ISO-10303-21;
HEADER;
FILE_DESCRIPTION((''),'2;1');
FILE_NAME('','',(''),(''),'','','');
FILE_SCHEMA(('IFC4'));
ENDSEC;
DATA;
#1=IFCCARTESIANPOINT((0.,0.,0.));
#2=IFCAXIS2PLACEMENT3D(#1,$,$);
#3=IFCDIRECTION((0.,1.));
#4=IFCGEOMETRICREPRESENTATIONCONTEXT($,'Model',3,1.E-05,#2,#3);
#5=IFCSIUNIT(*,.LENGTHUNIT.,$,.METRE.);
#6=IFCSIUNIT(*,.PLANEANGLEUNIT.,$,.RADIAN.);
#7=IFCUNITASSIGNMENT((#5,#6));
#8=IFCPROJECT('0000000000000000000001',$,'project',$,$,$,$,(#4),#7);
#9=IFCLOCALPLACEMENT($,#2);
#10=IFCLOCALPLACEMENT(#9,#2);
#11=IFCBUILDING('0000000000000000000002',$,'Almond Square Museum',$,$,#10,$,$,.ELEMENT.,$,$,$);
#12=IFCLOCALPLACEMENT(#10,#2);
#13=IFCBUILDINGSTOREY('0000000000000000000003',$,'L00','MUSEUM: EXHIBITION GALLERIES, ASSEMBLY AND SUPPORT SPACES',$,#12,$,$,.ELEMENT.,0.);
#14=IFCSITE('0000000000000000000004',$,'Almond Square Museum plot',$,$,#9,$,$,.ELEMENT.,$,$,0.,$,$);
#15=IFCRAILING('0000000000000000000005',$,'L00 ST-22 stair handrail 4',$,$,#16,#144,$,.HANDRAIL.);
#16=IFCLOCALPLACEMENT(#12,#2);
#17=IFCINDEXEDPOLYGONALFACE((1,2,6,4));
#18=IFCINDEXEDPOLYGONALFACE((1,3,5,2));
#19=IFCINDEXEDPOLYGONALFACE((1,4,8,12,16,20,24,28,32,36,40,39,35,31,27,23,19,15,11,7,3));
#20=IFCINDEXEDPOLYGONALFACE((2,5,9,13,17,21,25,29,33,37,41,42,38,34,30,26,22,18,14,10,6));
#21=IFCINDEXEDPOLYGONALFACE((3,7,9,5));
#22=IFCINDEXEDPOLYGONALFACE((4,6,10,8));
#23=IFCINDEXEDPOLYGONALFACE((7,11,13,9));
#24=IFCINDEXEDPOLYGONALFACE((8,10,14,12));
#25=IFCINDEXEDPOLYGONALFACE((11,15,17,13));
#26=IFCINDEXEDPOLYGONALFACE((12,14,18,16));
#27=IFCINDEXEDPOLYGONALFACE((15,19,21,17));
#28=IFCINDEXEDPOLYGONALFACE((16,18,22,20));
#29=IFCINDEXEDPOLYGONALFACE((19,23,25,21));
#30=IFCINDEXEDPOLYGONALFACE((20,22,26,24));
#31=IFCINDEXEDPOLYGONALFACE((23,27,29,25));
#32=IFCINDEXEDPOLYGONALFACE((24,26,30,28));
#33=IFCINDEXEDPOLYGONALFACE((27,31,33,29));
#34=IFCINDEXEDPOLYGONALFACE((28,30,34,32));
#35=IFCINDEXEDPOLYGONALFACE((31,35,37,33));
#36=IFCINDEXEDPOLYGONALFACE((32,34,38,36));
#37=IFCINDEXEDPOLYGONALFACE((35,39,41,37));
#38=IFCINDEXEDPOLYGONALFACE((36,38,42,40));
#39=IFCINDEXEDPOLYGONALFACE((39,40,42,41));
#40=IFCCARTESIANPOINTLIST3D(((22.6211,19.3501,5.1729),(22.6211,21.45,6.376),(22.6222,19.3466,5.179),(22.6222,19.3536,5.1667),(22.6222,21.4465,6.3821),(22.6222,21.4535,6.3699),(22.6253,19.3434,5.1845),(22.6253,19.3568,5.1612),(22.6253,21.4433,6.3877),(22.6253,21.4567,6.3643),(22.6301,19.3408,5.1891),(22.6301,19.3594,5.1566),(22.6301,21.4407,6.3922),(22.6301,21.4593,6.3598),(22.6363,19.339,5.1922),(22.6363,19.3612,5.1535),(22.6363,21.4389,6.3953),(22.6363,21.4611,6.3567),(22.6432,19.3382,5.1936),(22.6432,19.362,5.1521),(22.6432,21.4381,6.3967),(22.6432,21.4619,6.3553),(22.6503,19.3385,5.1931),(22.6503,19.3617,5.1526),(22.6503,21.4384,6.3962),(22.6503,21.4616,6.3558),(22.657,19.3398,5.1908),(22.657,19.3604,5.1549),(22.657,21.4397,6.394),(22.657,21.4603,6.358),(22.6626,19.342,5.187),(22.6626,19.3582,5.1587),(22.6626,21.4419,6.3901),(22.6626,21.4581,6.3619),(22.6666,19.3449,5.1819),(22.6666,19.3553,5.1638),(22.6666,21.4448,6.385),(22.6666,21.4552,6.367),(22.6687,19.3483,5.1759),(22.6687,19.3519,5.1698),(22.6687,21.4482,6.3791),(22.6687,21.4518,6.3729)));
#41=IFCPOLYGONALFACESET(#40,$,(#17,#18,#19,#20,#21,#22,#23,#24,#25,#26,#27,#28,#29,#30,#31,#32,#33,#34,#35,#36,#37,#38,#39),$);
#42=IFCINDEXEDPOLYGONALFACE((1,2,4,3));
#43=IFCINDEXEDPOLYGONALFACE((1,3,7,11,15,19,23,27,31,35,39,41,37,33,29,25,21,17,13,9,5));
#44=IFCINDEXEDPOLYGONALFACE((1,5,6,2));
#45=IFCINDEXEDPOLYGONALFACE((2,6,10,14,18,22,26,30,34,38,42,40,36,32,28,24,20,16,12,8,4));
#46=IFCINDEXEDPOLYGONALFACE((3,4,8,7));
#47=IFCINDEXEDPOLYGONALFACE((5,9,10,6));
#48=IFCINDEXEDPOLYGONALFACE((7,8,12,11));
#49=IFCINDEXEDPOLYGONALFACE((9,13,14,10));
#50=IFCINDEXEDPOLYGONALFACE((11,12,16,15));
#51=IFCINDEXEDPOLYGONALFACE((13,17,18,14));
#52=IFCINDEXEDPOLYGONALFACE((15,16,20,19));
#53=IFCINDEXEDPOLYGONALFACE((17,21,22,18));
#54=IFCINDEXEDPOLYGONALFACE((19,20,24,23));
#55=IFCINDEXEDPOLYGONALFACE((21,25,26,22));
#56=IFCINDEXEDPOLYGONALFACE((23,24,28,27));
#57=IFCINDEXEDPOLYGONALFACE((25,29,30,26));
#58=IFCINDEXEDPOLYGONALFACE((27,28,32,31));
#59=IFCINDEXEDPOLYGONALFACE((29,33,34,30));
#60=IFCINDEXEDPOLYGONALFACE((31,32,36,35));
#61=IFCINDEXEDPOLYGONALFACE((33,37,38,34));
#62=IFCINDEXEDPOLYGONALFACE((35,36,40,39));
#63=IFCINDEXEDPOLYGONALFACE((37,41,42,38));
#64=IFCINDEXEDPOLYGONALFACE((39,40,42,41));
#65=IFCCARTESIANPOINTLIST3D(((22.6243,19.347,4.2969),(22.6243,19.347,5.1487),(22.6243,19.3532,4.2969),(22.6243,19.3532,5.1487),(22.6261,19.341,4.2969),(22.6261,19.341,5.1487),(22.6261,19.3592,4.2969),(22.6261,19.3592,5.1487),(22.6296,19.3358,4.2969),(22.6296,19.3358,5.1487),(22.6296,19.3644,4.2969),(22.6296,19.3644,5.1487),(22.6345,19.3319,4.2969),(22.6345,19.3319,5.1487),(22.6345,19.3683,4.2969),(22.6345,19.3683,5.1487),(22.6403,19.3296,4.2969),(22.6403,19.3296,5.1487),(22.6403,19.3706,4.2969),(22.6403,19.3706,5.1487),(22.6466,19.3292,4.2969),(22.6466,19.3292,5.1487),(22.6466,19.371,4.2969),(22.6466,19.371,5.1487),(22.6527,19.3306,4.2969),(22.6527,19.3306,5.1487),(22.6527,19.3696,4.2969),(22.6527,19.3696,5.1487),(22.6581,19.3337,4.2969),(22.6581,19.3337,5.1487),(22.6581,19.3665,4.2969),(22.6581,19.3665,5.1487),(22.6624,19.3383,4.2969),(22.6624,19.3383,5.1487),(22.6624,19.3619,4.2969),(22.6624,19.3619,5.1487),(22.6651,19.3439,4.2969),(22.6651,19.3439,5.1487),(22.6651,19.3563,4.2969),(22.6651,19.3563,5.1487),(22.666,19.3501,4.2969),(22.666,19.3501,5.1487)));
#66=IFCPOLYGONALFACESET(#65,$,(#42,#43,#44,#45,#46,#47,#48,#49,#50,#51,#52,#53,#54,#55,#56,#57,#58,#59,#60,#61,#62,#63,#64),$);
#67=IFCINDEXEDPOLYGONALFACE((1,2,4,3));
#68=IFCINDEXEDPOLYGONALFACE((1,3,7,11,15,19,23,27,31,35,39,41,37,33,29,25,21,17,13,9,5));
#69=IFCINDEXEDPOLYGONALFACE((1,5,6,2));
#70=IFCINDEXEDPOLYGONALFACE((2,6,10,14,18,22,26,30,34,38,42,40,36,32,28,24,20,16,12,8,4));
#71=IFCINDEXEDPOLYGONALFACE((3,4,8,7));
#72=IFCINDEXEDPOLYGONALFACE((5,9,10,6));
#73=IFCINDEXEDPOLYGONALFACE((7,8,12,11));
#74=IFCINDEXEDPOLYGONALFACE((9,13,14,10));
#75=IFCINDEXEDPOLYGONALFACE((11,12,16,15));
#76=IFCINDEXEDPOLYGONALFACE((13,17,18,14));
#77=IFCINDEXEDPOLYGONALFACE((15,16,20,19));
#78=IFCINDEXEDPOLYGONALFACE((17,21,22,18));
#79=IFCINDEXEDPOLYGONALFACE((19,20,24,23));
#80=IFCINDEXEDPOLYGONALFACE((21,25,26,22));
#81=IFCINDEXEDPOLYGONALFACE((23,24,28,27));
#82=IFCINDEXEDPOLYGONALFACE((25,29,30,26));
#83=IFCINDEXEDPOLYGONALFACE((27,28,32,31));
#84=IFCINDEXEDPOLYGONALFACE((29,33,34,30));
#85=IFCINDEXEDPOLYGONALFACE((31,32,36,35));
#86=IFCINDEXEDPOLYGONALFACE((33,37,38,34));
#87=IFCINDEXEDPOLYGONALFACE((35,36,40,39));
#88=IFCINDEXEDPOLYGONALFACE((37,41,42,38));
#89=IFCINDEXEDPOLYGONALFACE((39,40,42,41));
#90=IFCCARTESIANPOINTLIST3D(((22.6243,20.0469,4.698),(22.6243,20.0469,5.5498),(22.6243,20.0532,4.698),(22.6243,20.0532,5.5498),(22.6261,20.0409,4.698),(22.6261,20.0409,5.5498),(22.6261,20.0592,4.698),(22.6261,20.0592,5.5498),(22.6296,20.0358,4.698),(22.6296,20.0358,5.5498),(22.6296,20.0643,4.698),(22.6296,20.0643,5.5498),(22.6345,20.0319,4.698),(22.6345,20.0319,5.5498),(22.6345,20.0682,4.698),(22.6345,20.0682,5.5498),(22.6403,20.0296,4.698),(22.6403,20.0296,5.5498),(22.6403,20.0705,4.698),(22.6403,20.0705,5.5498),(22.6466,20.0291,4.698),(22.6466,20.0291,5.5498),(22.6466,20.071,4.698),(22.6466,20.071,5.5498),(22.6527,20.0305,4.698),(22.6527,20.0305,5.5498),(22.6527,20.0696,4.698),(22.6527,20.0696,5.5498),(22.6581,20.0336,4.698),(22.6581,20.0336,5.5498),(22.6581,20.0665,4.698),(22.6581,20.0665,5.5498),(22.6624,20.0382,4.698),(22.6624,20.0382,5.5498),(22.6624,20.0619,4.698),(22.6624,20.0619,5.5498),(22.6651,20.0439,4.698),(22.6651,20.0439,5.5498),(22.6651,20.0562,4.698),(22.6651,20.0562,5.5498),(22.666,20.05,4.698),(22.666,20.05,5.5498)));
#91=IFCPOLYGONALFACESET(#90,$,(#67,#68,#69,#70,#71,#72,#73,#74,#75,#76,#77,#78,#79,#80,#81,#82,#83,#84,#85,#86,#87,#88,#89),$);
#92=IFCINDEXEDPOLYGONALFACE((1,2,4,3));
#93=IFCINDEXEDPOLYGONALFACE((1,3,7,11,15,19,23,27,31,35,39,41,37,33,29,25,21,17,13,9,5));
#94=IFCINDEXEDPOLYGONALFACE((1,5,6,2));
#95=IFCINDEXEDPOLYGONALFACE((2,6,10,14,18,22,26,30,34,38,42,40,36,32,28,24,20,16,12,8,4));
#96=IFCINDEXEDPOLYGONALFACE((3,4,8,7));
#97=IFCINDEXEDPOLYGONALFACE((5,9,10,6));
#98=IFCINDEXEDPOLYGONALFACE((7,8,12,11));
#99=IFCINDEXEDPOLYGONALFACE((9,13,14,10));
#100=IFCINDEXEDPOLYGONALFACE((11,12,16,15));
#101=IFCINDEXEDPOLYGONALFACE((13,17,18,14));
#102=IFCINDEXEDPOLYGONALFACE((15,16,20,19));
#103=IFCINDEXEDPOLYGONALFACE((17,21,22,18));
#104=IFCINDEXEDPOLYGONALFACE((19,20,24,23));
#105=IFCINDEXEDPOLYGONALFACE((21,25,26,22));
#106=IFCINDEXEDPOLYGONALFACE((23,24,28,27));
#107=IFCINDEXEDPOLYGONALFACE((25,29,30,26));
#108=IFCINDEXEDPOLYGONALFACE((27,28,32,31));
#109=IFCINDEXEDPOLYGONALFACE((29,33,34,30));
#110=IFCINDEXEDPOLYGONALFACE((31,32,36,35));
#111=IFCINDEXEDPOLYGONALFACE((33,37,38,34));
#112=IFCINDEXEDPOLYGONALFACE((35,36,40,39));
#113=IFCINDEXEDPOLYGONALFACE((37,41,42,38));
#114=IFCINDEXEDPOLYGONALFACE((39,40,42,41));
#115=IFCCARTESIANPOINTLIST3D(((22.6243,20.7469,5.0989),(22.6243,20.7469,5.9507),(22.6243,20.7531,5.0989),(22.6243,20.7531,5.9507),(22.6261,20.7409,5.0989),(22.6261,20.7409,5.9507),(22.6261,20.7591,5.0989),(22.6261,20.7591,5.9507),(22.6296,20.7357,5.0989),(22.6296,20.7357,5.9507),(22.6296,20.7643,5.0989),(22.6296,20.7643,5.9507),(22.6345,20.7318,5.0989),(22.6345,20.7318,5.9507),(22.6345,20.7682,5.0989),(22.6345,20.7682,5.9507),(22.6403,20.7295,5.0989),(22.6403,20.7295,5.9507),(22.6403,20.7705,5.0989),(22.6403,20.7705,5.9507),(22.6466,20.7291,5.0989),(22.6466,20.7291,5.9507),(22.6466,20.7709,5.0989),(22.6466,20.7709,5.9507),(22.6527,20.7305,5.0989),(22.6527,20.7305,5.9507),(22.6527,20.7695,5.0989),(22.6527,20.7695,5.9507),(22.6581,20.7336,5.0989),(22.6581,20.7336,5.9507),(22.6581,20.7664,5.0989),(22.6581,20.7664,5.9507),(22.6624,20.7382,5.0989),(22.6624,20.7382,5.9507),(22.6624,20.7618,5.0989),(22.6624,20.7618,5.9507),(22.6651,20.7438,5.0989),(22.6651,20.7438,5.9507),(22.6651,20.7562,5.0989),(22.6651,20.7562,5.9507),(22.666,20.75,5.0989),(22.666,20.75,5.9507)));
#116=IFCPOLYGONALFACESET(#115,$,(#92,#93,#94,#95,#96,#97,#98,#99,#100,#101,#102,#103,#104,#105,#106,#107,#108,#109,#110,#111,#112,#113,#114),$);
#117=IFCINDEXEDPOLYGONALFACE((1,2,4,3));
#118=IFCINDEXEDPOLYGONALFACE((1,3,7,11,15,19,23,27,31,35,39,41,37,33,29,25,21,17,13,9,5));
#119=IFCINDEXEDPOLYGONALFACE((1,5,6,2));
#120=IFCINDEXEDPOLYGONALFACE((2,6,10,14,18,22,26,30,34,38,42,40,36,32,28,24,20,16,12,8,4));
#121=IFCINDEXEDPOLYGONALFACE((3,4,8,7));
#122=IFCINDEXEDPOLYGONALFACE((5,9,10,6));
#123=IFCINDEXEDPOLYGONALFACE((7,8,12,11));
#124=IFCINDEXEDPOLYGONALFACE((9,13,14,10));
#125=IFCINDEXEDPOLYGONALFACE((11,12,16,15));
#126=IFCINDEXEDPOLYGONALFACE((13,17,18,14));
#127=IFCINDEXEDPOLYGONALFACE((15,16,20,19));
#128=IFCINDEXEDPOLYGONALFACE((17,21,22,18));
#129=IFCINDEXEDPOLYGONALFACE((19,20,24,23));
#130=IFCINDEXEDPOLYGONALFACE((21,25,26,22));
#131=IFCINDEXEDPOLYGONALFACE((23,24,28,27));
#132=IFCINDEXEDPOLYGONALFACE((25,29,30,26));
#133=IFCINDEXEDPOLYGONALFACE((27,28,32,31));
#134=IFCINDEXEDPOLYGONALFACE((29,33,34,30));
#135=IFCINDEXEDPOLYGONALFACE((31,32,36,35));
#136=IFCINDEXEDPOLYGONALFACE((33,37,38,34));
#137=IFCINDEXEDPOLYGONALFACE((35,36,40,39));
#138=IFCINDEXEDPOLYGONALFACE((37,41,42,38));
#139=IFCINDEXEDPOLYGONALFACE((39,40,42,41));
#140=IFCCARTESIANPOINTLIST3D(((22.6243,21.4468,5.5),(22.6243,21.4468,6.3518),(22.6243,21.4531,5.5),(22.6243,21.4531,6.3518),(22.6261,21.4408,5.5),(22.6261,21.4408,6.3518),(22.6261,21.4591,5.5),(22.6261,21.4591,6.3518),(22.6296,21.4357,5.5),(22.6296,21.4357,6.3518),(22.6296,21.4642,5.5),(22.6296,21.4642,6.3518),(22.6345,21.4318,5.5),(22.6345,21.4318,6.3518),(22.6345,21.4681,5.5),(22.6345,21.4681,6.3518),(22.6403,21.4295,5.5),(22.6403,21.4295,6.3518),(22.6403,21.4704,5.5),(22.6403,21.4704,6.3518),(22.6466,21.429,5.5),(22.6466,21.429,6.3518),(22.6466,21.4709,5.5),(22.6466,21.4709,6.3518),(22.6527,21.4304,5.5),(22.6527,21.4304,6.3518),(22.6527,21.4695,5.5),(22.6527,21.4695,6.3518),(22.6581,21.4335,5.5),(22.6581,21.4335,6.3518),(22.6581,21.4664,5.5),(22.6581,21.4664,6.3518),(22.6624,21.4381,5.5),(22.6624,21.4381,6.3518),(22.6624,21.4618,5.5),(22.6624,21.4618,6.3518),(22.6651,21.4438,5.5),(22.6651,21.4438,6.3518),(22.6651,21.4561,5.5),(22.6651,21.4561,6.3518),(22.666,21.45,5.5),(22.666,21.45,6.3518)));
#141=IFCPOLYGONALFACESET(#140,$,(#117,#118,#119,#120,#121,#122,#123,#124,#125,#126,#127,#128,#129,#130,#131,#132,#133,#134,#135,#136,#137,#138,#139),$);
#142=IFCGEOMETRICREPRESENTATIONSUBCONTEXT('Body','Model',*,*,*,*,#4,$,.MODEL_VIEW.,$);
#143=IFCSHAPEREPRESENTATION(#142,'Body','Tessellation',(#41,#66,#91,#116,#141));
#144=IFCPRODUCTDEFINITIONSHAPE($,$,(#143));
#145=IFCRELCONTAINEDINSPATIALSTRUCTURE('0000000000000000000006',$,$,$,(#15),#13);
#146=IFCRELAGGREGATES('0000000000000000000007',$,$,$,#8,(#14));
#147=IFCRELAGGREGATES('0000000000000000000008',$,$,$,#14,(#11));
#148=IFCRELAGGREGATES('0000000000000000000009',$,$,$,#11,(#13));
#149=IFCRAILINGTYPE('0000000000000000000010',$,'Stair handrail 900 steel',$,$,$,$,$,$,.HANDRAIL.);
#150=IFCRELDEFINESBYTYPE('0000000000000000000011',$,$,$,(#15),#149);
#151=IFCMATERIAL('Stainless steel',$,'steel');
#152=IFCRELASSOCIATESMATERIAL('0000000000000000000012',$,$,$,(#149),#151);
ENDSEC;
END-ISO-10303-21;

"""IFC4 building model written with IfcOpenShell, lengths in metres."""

from ifc_helpers import new_model, si_unit, direction, frame, origin, origin_2d, place, context, subcontext, project, spatial, circle, extrude, material, type_object, element, save


model = new_model("IFC4")

# Units and contexts
model_context = context("Model", 3, precision=1e-05, world=origin(), true_north=direction((0.0, 1.0)))
body_context = subcontext(model_context, "Body", "Model", "MODEL_VIEW")
ifc_project = project(units=[si_unit("LENGTHUNIT", "METRE"), si_unit("PLANEANGLEUNIT", "RADIAN")], contexts=[model_context])

# Site, building, storey
site_placement = place(None, origin())
site = spatial("IfcSite", under=ifc_project, at=site_placement, Name="Almond Square Museum plot", CompositionType="ELEMENT", RefElevation=0.0)
building_placement = place(site_placement, origin())
building = spatial("IfcBuilding", under=site, at=building_placement, Name="Almond Square Museum", CompositionType="ELEMENT")
storey_placement = place(building_placement, origin())
storey = spatial("IfcBuildingStorey", under=building, at=storey_placement, Name="L00", Description="MUSEUM: EXHIBITION GALLERIES, ASSEMBLY AND SUPPORT SPACES", CompositionType="ELEMENT", Elevation=0.0)

# Railing
ifc_material_1 = material(Name="Stainless steel", Category="steel")
railing_type_1 = type_object("IfcRailingType", Name="Stair handrail 900 steel", PredefinedType="HANDRAIL", material=ifc_material_1)
for number, where, name in (
    (1, (22.645, 19.3501, 4.2969), "L00 ST-22 stair handrail 4"),
):
    element("IfcRailing", number, at=place(storey_placement, frame(where)), inside=storey, type_object=railing_type_1, Name=name, PredefinedType="HANDRAIL", context=body_context, shape_type="SweptSolid", body=[
        extrude(circle(Radius=0.0239, at=origin_2d()), frame((0.0, 0.0, 0.876), z_axis=(0.0, 0.867671, 0.497138), x_axis=(-1.0, 0.0, 0.0)), (0.0, 0.0, 1.0), 2.4202),
        extrude(circle(Radius=0.021, at=origin_2d()), origin(), (0.0, 0.0, 1.0), 0.8518),
        extrude(circle(Radius=0.021, at=origin_2d()), frame((0.0, 0.7, 0.4011)), (0.0, 0.0, 1.0), 0.8518),
        extrude(circle(Radius=0.021, at=origin_2d()), frame((0.0, 1.3999, 0.802)), (0.0, 0.0, 1.0), 0.8518),
        extrude(circle(Radius=0.021, at=origin_2d()), frame((0.0, 2.0999, 1.2031)), (0.0, 0.0, 1.0), 0.8518),
    ])

save(model, "model.ifc")
